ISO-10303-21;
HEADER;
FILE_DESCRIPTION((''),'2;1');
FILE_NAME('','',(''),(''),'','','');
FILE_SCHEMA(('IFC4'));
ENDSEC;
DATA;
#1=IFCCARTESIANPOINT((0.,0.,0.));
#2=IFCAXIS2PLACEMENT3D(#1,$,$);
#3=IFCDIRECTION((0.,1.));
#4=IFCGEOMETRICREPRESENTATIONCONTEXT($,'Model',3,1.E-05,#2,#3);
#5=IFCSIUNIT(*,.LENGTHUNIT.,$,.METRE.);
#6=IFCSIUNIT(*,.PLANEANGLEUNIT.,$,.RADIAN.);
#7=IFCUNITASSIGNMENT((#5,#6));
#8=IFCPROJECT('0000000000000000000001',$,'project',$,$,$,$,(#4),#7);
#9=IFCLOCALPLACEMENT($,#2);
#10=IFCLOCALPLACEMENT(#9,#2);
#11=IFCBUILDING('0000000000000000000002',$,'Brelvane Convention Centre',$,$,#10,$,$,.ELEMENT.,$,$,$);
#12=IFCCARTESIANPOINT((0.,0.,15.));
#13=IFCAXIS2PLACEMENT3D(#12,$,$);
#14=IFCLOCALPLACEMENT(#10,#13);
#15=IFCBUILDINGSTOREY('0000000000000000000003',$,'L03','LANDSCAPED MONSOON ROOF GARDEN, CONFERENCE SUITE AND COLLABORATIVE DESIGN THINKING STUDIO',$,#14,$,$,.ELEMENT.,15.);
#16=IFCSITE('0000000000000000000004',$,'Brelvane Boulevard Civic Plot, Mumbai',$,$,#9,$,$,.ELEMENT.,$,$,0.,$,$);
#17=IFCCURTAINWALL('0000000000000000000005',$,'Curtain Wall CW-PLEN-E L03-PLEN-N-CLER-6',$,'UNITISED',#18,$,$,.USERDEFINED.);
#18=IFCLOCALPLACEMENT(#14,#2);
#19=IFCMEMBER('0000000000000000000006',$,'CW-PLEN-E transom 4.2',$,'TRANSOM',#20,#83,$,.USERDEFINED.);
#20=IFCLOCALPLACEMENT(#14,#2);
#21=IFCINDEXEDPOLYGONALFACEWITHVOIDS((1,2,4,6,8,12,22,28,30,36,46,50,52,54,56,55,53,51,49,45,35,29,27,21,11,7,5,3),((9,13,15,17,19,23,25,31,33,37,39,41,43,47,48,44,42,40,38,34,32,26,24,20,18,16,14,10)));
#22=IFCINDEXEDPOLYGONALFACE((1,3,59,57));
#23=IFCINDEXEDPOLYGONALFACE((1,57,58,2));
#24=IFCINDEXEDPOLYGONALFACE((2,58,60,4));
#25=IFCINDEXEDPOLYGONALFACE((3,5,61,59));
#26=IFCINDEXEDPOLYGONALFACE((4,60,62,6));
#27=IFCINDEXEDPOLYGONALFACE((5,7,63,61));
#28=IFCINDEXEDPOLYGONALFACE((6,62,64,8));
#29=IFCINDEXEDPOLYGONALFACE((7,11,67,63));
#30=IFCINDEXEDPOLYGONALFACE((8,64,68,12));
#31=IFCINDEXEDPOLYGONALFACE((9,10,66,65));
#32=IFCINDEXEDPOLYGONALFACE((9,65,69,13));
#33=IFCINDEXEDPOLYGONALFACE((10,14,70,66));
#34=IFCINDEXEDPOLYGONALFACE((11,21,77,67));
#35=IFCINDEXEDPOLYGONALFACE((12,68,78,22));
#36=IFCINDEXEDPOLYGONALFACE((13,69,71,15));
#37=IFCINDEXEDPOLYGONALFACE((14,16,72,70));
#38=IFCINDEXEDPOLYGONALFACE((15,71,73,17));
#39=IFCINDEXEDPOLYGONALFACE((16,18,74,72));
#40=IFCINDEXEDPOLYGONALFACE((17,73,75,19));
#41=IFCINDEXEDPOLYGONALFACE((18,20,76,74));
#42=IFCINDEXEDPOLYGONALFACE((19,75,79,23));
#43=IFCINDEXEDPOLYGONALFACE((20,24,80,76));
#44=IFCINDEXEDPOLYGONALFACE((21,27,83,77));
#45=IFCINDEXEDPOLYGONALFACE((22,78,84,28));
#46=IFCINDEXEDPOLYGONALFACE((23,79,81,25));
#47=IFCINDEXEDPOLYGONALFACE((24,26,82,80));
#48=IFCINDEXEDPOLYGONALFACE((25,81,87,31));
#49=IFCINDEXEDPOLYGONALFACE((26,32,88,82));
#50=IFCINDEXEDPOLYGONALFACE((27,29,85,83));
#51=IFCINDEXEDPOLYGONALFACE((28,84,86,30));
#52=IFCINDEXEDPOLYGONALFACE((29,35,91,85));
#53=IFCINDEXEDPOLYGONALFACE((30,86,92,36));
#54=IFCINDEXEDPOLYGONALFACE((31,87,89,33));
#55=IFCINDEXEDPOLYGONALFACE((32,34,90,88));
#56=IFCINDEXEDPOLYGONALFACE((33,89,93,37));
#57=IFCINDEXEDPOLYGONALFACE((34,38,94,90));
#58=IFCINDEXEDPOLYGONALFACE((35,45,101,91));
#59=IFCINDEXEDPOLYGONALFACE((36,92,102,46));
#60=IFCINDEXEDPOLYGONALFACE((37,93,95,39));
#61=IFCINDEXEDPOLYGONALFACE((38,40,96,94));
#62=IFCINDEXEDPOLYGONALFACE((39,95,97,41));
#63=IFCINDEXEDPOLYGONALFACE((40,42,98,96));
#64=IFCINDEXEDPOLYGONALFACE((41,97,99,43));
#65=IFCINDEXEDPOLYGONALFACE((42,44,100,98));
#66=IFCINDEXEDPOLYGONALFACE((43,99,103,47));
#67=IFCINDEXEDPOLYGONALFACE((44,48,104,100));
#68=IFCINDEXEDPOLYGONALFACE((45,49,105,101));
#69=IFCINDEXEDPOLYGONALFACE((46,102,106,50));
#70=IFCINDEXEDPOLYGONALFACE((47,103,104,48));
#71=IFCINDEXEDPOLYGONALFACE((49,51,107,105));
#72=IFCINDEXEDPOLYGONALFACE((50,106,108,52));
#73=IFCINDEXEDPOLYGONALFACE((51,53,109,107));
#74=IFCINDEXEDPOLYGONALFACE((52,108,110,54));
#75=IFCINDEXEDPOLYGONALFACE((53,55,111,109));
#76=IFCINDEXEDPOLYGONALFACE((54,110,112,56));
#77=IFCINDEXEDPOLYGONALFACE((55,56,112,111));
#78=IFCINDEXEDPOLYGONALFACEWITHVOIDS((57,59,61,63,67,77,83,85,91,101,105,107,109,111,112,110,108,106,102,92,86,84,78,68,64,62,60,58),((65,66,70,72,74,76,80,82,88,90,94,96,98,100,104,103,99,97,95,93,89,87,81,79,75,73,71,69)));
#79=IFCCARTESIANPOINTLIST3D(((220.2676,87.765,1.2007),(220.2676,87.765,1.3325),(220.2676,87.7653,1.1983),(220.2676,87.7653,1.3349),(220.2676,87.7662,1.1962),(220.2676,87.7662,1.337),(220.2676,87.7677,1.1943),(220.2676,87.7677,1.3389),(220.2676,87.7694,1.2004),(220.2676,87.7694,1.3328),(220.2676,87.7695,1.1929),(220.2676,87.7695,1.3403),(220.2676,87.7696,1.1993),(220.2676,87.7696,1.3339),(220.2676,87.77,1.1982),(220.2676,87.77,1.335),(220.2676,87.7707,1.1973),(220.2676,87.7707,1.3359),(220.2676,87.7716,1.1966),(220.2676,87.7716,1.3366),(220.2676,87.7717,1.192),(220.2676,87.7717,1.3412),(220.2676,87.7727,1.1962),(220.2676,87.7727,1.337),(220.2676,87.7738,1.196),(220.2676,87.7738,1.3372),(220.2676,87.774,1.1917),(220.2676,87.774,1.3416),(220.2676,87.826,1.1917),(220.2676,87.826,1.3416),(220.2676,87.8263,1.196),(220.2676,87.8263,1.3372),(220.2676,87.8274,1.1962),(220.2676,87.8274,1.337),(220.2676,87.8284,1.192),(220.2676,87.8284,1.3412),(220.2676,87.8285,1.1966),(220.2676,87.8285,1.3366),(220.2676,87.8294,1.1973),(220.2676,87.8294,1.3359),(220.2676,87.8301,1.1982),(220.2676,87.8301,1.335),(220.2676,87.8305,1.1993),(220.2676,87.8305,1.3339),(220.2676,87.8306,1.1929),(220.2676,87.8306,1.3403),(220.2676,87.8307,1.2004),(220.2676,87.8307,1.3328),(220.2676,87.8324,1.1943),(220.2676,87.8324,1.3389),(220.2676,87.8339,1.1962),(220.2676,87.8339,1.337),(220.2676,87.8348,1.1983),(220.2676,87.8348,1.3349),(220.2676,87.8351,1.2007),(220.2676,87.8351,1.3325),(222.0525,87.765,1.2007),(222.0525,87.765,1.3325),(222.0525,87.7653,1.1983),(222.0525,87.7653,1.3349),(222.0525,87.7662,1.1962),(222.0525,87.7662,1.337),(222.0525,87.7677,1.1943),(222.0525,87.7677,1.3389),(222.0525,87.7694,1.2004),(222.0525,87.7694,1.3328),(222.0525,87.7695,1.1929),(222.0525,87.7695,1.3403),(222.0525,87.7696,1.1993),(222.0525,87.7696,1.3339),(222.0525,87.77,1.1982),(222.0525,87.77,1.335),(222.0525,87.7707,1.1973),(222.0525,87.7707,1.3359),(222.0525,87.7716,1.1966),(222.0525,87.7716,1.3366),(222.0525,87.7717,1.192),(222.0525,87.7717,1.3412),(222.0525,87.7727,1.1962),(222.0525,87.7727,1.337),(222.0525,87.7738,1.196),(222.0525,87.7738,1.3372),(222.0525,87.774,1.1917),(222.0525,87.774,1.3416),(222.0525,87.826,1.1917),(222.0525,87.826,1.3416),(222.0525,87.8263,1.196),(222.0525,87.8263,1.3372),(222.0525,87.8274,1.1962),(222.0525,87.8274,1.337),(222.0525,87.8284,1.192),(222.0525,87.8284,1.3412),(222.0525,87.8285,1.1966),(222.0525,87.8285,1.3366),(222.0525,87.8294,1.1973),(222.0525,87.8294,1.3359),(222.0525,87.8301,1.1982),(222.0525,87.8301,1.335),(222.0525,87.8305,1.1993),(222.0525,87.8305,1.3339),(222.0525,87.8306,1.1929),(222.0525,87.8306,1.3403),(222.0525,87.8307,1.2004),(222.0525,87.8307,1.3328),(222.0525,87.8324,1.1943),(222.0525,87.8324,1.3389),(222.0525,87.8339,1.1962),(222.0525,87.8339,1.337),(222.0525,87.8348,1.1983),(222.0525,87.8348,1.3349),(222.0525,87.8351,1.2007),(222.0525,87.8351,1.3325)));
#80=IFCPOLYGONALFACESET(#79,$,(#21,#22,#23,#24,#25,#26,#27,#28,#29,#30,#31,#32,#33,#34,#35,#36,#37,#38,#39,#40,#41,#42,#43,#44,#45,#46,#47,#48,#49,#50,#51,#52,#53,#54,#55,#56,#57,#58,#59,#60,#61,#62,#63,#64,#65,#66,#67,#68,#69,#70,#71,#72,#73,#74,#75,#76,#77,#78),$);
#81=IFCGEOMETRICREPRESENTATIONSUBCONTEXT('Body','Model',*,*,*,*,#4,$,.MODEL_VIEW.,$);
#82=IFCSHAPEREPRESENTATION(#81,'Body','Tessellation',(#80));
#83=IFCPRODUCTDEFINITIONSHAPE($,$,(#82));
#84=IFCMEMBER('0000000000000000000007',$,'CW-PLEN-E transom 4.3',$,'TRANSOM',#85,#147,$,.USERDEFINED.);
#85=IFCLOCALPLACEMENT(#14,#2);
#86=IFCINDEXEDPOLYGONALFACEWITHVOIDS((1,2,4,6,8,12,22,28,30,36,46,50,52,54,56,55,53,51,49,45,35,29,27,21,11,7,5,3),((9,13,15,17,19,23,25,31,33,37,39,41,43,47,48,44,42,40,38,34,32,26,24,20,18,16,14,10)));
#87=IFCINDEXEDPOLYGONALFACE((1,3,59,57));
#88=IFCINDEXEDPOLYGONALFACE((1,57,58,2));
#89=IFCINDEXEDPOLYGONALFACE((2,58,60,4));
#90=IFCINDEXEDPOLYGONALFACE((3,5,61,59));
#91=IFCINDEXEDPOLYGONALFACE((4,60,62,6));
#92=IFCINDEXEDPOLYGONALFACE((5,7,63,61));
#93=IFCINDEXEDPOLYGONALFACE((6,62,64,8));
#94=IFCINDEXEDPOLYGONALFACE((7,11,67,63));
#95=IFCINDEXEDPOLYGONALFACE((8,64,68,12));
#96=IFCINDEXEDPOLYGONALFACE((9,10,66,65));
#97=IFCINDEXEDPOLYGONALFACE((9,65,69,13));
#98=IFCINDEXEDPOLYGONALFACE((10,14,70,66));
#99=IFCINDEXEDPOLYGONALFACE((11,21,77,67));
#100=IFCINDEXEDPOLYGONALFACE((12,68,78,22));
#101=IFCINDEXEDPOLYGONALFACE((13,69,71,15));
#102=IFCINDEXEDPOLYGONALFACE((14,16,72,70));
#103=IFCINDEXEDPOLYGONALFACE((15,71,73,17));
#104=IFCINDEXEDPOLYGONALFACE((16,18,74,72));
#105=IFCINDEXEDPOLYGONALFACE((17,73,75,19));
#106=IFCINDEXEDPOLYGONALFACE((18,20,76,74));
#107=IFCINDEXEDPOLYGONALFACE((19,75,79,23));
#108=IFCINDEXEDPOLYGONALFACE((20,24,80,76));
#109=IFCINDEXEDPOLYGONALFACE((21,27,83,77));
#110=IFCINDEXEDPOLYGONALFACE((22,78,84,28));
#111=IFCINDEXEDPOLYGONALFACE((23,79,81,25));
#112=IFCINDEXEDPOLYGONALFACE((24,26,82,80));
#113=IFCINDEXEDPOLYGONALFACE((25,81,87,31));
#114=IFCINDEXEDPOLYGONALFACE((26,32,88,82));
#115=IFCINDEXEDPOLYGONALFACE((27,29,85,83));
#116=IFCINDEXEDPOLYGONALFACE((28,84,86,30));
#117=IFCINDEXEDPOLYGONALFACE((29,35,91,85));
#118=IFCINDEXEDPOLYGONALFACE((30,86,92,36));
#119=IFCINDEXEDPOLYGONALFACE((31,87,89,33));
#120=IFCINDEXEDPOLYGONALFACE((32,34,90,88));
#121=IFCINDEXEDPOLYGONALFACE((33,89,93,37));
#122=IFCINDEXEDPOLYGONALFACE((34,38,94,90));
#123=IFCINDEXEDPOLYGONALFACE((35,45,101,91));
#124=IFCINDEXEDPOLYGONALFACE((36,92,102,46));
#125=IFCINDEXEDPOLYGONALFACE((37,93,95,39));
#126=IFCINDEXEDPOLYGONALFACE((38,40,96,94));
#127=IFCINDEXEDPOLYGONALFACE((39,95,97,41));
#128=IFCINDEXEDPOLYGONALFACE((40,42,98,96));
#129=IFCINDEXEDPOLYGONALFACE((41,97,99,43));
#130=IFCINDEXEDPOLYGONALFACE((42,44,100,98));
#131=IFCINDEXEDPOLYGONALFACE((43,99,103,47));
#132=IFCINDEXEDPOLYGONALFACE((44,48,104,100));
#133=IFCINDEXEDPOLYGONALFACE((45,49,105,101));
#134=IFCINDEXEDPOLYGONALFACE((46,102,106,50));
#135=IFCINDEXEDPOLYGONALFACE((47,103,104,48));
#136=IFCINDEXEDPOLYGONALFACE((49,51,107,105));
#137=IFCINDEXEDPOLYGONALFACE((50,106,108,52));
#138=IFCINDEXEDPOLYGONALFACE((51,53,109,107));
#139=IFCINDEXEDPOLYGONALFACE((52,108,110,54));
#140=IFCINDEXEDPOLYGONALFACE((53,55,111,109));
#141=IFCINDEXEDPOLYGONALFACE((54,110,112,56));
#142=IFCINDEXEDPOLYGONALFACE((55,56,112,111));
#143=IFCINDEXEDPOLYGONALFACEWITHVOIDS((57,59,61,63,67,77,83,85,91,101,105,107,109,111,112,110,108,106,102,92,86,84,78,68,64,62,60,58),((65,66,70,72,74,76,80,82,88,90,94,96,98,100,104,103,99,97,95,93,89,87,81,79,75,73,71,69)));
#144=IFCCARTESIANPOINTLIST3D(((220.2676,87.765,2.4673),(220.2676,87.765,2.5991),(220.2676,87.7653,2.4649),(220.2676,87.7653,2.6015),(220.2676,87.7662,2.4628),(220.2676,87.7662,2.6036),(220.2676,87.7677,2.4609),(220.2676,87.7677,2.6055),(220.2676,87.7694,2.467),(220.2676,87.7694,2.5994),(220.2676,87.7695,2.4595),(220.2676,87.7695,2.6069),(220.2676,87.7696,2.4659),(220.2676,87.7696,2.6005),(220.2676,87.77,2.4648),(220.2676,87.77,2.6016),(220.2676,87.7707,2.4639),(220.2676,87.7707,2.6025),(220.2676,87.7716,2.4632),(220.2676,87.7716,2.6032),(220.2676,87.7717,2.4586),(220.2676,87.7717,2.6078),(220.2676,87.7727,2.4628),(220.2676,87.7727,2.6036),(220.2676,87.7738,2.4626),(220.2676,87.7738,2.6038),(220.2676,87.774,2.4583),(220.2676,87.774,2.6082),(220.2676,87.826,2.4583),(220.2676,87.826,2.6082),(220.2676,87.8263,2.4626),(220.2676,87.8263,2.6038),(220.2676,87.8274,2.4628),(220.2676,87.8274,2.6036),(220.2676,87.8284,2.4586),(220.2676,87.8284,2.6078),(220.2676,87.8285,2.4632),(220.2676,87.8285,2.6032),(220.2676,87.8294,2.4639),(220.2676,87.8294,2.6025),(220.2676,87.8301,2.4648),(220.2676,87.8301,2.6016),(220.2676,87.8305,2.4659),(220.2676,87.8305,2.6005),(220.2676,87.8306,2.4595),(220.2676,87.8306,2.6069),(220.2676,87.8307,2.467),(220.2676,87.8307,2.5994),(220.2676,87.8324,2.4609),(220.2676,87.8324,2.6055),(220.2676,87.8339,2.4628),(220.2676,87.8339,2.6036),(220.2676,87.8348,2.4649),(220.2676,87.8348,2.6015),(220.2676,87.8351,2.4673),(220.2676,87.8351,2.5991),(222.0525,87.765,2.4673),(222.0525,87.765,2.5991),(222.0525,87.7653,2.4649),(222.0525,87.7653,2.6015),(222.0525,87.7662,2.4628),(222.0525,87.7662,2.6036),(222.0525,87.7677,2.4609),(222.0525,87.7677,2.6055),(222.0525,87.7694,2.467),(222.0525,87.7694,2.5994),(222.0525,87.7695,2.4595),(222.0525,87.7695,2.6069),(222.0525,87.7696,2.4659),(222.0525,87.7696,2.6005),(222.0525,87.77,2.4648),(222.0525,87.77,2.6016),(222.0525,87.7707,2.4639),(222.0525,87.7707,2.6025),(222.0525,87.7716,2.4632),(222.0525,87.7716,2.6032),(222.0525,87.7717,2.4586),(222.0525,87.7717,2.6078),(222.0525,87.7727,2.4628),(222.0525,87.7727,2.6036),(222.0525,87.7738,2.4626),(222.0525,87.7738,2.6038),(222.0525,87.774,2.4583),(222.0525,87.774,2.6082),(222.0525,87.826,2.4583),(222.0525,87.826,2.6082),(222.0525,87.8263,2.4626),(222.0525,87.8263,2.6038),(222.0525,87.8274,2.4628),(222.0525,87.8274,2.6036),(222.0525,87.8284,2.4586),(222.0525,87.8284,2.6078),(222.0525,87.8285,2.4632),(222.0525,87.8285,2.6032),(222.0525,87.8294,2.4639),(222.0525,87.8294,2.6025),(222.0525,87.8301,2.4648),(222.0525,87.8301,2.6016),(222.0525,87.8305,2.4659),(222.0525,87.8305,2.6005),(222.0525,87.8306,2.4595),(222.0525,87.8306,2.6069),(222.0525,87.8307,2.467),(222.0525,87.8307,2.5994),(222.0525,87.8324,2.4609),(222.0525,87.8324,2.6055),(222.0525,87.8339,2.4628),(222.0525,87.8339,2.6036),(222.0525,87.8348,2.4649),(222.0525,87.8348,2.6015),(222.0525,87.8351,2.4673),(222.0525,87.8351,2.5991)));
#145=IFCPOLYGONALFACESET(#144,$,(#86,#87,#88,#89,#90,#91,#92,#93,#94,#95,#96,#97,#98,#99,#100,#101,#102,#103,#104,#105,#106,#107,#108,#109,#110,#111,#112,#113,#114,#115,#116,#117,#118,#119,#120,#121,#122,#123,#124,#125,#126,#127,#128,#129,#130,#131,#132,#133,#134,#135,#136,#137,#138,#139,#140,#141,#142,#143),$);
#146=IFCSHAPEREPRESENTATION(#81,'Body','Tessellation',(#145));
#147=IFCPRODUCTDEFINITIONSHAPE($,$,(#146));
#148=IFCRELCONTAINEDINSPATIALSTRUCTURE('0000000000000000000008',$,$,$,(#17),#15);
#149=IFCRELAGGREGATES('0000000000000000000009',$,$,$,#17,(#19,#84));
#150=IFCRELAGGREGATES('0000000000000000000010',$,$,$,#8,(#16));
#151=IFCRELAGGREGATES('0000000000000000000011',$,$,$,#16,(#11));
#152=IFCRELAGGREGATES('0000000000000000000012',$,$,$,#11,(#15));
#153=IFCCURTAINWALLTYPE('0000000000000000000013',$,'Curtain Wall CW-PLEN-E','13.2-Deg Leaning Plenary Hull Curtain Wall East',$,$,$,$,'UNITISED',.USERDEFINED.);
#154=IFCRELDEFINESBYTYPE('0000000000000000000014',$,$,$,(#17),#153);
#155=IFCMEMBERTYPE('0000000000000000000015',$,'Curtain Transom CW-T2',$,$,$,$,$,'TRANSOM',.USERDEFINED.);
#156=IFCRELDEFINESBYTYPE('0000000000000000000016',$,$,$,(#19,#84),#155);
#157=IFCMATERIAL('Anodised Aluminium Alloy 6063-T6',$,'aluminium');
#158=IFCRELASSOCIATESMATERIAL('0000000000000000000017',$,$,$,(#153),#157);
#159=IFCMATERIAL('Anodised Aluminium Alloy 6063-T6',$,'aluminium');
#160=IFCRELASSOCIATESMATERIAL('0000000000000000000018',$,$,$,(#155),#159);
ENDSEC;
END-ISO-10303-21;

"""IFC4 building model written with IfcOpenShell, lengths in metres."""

from ifc_helpers import new_model, si_unit, direction, frame, origin, origin_2d, place, context, subcontext, project, spatial, hollow_rectangle, extrude, material, material_profile, profile_set, type_object, element, aggregate, save


model = new_model("IFC4")

# Units and contexts
model_context = context("Model", 3, precision=1e-05, world=origin(), true_north=direction((0.0, 1.0)))
body_context = subcontext(model_context, "Body", "Model", "MODEL_VIEW")
ifc_project = project(units=[si_unit("LENGTHUNIT", "METRE"), si_unit("PLANEANGLEUNIT", "RADIAN")], contexts=[model_context])

# Site, building, storey
site_placement = place(None, origin())
site = spatial("IfcSite", under=ifc_project, at=site_placement, Name="Brelvane Boulevard Civic Plot, Mumbai", CompositionType="ELEMENT", RefElevation=0.0)
building_placement = place(site_placement, origin())
building = spatial("IfcBuilding", under=site, at=building_placement, Name="Brelvane Convention Centre", CompositionType="ELEMENT")
storey_placement = place(building_placement, frame((0.0, 0.0, 15.0)))
storey = spatial("IfcBuildingStorey", under=building, at=storey_placement, Name="L03", Description="LANDSCAPED MONSOON ROOF GARDEN, CONFERENCE SUITE AND COLLABORATIVE DESIGN THINKING STUDIO", CompositionType="ELEMENT", Elevation=15.0)

# Curtain wall, members
ifc_material_1 = material(Name="Anodised Aluminium Alloy 6063-T6", Category="aluminium")
curtain_wall_type = type_object("IfcCurtainWallType", Name="Curtain Wall CW-PLEN-E", Description="13.2-Deg Leaning Plenary Hull Curtain Wall East", ElementType="UNITISED", PredefinedType="USERDEFINED", material=ifc_material_1)
curtain_wall_placement = place(storey_placement, origin())
curtain_wall = element("IfcCurtainWall", 1, at=curtain_wall_placement, inside=storey, type_object=curtain_wall_type, Name="Curtain Wall CW-PLEN-E L03-PLEN-N-CLER-6", ObjectType="UNITISED", PredefinedType="USERDEFINED")
ifc_material_2 = material(Name="Anodised Aluminium Alloy 6063-T6", Category="aluminium")
ifc_material_profile_1 = material_profile(ifc_material_2, hollow_rectangle(XDim=0.0701, YDim=0.1499, WallThickness=0.0044, InnerFilletRadius=0.0044, OuterFilletRadius=0.009, at=origin_2d()), Name="ALU-T 150x70x4.5")
ifc_profile_set_1 = profile_set([ifc_material_profile_1], Name="Anodised Aluminium Alloy 6063-T6")
member_type_1 = type_object("IfcMemberType", Name="Curtain Transom CW-T2", ElementType="TRANSOM", PredefinedType="USERDEFINED", material=ifc_profile_set_1)
member_1_placement = place(storey_placement, frame((220.2676, 87.8, 1.2666), z_axis=(1.0, 0.0, 0.0), x_axis=(0.0, 1.0, 0.0)))
member_1 = element("IfcMember", 2, at=member_1_placement, type_object=member_type_1, Name="CW-PLEN-E transom 4.2", ObjectType="TRANSOM", PredefinedType="USERDEFINED", context=body_context, shape_type="SweptSolid", body=[
    extrude(hollow_rectangle(XDim=0.0701, YDim=0.1499, WallThickness=0.0044, InnerFilletRadius=0.0044, OuterFilletRadius=0.009, at=origin_2d()), origin(), (0.0, 0.0, 1.0), 1.7849),
])
member_2_placement = place(storey_placement, frame((220.2676, 87.8, 2.5332), z_axis=(1.0, 0.0, 0.0), x_axis=(0.0, 1.0, 0.0)))
member_2 = element("IfcMember", 3, at=member_2_placement, type_object=member_type_1, Name="CW-PLEN-E transom 4.3", ObjectType="TRANSOM", PredefinedType="USERDEFINED", context=body_context, shape_type="SweptSolid", body=[
    extrude(hollow_rectangle(XDim=0.0701, YDim=0.1499, WallThickness=0.0044, InnerFilletRadius=0.0044, OuterFilletRadius=0.009, at=origin_2d()), origin(), (0.0, 0.0, 1.0), 1.7849),
])
aggregate(curtain_wall, [member_1, member_2])

save(model, "model.ifc")
